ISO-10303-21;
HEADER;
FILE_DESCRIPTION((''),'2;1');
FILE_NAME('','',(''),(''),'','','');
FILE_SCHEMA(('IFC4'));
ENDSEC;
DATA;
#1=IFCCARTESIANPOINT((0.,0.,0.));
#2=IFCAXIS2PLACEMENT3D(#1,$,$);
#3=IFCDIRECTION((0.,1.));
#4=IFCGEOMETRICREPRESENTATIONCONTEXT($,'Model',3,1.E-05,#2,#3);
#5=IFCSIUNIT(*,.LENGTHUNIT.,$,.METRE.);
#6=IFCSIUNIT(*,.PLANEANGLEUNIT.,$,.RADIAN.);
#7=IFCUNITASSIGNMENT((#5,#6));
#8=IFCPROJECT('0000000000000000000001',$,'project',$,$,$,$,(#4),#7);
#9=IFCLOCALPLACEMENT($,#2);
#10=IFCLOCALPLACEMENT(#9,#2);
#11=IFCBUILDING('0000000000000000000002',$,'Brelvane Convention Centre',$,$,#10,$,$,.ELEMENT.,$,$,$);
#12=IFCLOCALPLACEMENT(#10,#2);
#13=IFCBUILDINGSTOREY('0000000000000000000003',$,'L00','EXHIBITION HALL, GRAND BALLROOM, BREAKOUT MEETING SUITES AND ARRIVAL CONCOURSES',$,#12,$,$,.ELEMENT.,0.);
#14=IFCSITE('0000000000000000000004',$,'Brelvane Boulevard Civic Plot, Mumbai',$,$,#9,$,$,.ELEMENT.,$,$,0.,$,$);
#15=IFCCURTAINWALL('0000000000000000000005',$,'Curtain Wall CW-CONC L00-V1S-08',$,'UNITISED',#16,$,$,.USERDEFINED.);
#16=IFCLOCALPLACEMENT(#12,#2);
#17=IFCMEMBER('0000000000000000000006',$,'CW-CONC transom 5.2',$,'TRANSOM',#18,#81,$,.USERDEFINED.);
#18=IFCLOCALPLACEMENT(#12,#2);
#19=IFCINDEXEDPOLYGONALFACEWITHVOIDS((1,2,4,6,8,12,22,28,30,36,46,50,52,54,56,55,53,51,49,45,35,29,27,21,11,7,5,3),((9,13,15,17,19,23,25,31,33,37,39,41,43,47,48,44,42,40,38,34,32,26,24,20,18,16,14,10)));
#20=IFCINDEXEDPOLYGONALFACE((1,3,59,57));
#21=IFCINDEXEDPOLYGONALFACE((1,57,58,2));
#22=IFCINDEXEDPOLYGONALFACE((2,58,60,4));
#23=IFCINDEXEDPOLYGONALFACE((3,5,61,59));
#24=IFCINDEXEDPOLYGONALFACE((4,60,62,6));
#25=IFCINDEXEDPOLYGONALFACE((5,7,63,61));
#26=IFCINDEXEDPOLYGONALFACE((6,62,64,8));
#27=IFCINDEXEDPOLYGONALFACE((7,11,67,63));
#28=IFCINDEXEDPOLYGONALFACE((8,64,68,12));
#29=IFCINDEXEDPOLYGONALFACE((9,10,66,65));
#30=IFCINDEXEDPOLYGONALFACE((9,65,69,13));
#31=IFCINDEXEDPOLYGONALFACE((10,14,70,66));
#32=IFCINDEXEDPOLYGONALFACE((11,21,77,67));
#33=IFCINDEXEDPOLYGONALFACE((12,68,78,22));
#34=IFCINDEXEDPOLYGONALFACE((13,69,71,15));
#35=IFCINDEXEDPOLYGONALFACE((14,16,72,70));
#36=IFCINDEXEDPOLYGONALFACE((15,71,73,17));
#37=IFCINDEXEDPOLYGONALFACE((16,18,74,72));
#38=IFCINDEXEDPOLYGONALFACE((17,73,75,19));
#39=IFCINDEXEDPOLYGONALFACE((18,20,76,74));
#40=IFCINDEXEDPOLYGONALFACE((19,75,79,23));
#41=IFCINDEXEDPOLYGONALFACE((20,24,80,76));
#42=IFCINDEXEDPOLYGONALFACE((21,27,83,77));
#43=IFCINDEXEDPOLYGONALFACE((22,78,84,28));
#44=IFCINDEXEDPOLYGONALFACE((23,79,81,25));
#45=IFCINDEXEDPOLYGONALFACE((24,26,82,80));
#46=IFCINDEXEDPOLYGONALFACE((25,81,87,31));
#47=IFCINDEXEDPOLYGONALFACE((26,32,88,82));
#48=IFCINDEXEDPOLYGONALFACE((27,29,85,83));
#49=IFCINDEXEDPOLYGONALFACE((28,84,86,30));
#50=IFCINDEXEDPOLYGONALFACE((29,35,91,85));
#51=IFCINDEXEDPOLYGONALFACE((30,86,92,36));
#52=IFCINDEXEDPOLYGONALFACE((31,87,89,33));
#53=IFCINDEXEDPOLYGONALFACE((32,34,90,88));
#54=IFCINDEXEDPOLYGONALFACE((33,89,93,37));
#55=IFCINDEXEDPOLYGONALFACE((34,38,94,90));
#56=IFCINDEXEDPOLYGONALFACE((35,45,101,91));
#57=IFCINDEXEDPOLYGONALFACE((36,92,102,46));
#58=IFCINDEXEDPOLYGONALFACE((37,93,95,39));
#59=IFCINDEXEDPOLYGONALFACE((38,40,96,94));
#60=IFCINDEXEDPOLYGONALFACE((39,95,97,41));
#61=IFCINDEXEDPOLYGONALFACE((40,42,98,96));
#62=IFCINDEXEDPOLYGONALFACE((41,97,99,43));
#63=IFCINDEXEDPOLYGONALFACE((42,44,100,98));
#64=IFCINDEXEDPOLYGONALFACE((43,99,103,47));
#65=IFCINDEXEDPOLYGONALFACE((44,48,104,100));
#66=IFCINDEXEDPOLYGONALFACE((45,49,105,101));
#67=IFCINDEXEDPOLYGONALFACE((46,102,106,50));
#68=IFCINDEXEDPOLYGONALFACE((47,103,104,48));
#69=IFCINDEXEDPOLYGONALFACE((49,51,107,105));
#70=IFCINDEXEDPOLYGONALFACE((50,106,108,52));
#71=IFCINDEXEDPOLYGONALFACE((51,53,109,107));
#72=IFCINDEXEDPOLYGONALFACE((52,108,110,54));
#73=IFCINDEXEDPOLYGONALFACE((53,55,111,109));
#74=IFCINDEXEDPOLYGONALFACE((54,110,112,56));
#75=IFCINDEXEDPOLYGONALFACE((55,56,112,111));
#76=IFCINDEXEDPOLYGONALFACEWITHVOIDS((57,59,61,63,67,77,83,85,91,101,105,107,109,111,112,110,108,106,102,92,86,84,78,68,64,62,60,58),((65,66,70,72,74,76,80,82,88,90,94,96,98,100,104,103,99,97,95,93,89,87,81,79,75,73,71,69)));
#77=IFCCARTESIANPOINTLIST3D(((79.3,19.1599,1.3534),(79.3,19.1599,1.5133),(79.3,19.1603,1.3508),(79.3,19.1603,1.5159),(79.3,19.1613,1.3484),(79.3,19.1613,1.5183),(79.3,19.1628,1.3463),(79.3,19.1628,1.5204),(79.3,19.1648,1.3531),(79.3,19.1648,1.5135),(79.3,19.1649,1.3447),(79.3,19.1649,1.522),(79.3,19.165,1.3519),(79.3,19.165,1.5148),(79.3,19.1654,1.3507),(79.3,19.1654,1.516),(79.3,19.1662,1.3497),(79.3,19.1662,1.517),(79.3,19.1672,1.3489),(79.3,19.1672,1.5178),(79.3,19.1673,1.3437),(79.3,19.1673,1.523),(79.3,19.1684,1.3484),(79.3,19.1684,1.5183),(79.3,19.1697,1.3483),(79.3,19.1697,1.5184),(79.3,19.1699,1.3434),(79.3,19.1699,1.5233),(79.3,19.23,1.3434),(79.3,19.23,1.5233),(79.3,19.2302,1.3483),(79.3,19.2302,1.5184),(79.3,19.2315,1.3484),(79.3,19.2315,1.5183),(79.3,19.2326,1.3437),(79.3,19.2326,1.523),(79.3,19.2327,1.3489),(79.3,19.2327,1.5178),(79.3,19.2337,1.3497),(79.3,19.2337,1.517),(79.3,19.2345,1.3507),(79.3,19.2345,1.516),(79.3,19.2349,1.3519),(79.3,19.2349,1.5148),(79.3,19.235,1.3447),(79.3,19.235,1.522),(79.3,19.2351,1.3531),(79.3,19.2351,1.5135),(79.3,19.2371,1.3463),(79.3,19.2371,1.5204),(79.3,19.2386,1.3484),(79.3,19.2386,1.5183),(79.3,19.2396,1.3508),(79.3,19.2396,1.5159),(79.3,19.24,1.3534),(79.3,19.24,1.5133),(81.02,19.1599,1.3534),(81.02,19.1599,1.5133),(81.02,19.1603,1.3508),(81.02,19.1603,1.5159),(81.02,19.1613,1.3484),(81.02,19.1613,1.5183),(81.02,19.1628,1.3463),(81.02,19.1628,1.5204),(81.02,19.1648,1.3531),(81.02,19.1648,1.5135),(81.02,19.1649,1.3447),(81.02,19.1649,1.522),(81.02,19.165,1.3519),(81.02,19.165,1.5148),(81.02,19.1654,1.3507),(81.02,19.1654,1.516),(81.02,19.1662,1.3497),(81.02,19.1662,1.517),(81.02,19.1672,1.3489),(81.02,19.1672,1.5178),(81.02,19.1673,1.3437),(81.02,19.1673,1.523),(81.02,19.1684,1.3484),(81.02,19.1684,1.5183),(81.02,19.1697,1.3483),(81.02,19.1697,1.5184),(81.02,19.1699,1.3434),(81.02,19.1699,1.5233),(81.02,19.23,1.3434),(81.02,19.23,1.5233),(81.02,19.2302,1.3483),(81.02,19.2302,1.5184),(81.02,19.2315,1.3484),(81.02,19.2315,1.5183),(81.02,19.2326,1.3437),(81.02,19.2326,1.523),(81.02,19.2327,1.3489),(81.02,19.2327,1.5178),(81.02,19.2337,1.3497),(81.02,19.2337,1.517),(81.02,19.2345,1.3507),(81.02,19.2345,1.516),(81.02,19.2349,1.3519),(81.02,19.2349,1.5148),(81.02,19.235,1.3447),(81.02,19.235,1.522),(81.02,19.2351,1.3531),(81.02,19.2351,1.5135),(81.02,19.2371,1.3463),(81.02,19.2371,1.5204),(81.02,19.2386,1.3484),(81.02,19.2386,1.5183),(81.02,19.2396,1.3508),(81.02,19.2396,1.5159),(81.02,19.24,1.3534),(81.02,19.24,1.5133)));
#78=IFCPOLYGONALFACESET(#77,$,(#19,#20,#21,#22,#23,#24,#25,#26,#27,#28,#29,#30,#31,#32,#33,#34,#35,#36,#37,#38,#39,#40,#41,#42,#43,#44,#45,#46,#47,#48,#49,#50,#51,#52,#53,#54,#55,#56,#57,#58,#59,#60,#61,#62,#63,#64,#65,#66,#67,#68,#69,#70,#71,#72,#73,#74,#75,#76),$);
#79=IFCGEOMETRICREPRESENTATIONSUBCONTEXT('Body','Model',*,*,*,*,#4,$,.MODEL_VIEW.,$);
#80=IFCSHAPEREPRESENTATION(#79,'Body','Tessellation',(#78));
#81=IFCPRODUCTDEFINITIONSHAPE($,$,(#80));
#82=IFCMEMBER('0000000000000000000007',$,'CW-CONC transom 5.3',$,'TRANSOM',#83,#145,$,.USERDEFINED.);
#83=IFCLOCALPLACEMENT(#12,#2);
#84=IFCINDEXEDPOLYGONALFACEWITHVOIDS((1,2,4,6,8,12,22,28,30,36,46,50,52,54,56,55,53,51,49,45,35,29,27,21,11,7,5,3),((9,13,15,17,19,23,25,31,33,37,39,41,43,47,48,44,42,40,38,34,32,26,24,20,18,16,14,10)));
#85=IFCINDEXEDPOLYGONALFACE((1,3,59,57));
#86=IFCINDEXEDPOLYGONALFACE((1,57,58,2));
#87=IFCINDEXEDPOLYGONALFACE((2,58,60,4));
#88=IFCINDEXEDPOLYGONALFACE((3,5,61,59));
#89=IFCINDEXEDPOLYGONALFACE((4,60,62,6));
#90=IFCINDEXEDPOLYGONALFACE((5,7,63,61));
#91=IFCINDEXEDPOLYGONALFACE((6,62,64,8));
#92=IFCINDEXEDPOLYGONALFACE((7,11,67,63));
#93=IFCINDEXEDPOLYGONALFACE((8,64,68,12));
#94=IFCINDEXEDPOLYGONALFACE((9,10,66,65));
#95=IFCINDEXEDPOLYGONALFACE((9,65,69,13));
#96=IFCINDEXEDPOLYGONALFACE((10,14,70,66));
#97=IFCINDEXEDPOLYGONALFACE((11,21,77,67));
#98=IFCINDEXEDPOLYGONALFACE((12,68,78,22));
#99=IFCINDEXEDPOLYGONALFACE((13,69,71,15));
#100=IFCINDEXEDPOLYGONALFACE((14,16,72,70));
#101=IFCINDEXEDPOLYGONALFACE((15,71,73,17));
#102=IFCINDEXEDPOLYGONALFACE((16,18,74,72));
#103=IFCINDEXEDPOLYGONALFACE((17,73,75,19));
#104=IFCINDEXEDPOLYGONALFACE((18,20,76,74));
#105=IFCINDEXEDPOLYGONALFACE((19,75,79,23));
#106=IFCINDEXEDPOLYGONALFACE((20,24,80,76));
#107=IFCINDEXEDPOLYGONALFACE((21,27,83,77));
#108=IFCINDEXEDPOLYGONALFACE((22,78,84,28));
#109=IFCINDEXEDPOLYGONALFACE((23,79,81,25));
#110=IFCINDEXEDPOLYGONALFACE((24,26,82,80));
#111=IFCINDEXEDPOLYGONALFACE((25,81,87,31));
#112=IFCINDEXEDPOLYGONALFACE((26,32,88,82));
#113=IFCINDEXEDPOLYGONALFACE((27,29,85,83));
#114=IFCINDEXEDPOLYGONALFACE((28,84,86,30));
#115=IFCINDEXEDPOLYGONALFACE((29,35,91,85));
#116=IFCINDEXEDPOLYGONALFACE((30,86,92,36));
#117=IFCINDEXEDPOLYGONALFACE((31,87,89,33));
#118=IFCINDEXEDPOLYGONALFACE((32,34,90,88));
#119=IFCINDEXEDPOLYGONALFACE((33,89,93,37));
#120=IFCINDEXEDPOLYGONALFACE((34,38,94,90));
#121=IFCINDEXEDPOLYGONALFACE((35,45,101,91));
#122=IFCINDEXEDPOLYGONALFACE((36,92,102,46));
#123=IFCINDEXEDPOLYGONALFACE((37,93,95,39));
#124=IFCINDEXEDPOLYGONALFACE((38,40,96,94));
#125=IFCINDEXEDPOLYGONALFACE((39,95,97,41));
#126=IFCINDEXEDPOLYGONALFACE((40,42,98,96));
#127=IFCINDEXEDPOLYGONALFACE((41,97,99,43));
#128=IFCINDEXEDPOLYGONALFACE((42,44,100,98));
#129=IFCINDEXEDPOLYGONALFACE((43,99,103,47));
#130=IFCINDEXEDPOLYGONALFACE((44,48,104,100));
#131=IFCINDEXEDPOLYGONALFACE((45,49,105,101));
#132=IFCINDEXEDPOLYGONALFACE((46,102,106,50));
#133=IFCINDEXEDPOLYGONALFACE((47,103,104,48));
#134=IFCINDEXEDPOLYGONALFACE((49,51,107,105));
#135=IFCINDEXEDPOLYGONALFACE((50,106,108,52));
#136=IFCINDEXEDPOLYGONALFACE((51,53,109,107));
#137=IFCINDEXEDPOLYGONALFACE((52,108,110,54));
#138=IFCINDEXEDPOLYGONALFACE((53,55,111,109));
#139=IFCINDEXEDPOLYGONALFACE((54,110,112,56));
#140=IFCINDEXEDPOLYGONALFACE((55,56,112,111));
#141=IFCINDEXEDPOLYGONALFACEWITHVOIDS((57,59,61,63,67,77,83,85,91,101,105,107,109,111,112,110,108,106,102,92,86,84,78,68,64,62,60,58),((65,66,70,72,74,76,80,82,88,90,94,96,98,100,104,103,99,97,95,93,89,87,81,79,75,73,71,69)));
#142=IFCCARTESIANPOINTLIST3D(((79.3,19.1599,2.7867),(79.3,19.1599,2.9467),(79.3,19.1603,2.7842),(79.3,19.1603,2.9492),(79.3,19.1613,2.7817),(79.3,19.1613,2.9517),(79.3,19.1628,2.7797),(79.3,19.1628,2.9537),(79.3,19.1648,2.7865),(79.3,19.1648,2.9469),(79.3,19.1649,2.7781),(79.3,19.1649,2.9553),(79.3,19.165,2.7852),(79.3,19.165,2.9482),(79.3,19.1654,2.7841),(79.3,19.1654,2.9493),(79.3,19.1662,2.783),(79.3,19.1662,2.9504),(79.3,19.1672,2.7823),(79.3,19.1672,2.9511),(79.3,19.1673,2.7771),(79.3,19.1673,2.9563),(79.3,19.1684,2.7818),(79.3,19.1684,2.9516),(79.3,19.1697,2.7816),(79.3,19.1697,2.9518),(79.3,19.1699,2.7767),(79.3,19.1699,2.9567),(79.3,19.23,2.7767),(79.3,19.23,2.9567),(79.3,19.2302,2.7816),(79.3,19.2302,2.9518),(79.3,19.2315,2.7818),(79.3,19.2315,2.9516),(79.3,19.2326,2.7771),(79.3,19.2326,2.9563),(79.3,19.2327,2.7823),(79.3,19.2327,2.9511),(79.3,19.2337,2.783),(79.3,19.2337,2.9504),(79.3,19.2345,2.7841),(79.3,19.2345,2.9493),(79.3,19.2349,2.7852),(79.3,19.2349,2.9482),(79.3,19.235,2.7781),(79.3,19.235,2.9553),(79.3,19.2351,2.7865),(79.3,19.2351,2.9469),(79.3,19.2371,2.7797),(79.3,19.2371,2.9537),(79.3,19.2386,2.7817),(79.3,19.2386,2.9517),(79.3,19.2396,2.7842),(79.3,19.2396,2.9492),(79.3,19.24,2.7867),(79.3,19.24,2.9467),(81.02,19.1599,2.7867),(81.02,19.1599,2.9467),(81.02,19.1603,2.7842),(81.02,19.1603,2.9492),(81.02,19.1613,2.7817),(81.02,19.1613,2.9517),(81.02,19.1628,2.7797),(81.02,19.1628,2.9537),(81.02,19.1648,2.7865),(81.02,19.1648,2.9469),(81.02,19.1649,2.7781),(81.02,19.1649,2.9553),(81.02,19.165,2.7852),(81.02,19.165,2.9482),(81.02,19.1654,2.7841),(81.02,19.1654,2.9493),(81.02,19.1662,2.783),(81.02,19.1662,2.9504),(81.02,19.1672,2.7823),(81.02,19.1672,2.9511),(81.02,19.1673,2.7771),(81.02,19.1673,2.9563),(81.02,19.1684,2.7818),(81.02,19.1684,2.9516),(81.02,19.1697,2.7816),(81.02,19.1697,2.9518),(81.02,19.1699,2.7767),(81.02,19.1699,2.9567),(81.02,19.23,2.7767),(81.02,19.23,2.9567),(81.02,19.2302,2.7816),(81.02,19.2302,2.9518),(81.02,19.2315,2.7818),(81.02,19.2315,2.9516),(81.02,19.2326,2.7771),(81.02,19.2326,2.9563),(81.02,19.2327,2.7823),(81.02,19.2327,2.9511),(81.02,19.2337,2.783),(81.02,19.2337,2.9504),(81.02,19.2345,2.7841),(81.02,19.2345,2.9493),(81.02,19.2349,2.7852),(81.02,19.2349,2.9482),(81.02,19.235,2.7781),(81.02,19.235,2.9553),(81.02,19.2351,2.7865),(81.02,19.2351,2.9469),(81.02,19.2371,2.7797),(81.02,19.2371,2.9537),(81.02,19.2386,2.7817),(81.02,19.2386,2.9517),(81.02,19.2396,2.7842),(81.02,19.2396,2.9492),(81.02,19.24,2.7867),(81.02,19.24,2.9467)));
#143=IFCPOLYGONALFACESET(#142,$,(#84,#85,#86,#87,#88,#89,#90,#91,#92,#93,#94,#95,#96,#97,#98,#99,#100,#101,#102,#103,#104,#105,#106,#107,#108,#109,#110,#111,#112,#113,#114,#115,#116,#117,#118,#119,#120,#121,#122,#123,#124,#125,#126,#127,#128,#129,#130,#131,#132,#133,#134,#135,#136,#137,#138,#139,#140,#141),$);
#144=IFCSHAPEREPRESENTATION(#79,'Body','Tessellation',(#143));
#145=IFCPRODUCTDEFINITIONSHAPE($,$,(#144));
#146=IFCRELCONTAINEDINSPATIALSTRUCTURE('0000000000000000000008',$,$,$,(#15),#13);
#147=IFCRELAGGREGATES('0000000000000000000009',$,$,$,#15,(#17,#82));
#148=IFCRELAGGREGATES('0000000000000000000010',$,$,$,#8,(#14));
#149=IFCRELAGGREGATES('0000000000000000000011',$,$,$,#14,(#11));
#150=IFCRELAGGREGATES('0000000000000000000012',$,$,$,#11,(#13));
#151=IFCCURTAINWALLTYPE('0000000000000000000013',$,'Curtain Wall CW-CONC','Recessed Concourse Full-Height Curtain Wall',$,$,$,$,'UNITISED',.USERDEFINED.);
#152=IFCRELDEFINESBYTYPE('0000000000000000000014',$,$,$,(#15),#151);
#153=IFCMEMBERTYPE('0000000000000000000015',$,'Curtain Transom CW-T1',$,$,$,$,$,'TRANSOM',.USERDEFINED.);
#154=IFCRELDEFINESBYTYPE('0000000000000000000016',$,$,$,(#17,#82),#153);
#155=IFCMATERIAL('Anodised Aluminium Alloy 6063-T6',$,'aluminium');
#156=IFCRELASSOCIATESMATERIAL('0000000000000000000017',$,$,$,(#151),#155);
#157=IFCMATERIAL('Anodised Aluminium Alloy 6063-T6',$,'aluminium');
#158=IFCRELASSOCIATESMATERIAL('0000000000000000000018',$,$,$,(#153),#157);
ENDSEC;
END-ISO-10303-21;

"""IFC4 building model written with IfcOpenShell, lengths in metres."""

from ifc_helpers import new_model, si_unit, direction, frame, origin, origin_2d, place, context, subcontext, project, spatial, hollow_rectangle, extrude, material, material_profile, profile_set, type_object, element, aggregate, save


model = new_model("IFC4")

# Units and contexts
model_context = context("Model", 3, precision=1e-05, world=origin(), true_north=direction((0.0, 1.0)))
body_context = subcontext(model_context, "Body", "Model", "MODEL_VIEW")
ifc_project = project(units=[si_unit("LENGTHUNIT", "METRE"), si_unit("PLANEANGLEUNIT", "RADIAN")], contexts=[model_context])

# Site, building, storey
site_placement = place(None, origin())
site = spatial("IfcSite", under=ifc_project, at=site_placement, Name="Brelvane Boulevard Civic Plot, Mumbai", CompositionType="ELEMENT", RefElevation=0.0)
building_placement = place(site_placement, origin())
building = spatial("IfcBuilding", under=site, at=building_placement, Name="Brelvane Convention Centre", CompositionType="ELEMENT")
storey_placement = place(building_placement, origin())
storey = spatial("IfcBuildingStorey", under=building, at=storey_placement, Name="L00", Description="EXHIBITION HALL, GRAND BALLROOM, BREAKOUT MEETING SUITES AND ARRIVAL CONCOURSES", CompositionType="ELEMENT", Elevation=0.0)

# Curtain wall, members
ifc_material_1 = material(Name="Anodised Aluminium Alloy 6063-T6", Category="aluminium")
curtain_wall_type = type_object("IfcCurtainWallType", Name="Curtain Wall CW-CONC", Description="Recessed Concourse Full-Height Curtain Wall", ElementType="UNITISED", PredefinedType="USERDEFINED", material=ifc_material_1)
curtain_wall_placement = place(storey_placement, origin())
curtain_wall = element("IfcCurtainWall", 1, at=curtain_wall_placement, inside=storey, type_object=curtain_wall_type, Name="Curtain Wall CW-CONC L00-V1S-08", ObjectType="UNITISED", PredefinedType="USERDEFINED")
ifc_material_2 = material(Name="Anodised Aluminium Alloy 6063-T6", Category="aluminium")
ifc_material_profile_1 = material_profile(ifc_material_2, hollow_rectangle(XDim=0.0801, YDim=0.1799, WallThickness=0.0049, InnerFilletRadius=0.0049, OuterFilletRadius=0.01, at=origin_2d()), Name="ALU-T 180x80x5.0")
ifc_profile_set_1 = profile_set([ifc_material_profile_1], Name="Anodised Aluminium Alloy 6063-T6")
member_type_1 = type_object("IfcMemberType", Name="Curtain Transom CW-T1", ElementType="TRANSOM", PredefinedType="USERDEFINED", material=ifc_profile_set_1)
member_1_placement = place(storey_placement, frame((79.3, 19.2, 1.4333), z_axis=(1.0, 0.0, 0.0), x_axis=(0.0, 1.0, 0.0)))
member_1 = element("IfcMember", 2, at=member_1_placement, type_object=member_type_1, Name="CW-CONC transom 5.2", ObjectType="TRANSOM", PredefinedType="USERDEFINED", context=body_context, shape_type="SweptSolid", body=[
    extrude(hollow_rectangle(XDim=0.0801, YDim=0.1799, WallThickness=0.0049, InnerFilletRadius=0.0049, OuterFilletRadius=0.01, at=origin_2d()), origin(), (0.0, 0.0, 1.0), 1.72),
])
member_2_placement = place(storey_placement, frame((79.3, 19.2, 2.8667), z_axis=(1.0, 0.0, 0.0), x_axis=(0.0, 1.0, 0.0)))
member_2 = element("IfcMember", 3, at=member_2_placement, type_object=member_type_1, Name="CW-CONC transom 5.3", ObjectType="TRANSOM", PredefinedType="USERDEFINED", context=body_context, shape_type="SweptSolid", body=[
    extrude(hollow_rectangle(XDim=0.0801, YDim=0.1799, WallThickness=0.0049, InnerFilletRadius=0.0049, OuterFilletRadius=0.01, at=origin_2d()), origin(), (0.0, 0.0, 1.0), 1.72),
])
aggregate(curtain_wall, [member_1, member_2])

save(model, "model.ifc")
